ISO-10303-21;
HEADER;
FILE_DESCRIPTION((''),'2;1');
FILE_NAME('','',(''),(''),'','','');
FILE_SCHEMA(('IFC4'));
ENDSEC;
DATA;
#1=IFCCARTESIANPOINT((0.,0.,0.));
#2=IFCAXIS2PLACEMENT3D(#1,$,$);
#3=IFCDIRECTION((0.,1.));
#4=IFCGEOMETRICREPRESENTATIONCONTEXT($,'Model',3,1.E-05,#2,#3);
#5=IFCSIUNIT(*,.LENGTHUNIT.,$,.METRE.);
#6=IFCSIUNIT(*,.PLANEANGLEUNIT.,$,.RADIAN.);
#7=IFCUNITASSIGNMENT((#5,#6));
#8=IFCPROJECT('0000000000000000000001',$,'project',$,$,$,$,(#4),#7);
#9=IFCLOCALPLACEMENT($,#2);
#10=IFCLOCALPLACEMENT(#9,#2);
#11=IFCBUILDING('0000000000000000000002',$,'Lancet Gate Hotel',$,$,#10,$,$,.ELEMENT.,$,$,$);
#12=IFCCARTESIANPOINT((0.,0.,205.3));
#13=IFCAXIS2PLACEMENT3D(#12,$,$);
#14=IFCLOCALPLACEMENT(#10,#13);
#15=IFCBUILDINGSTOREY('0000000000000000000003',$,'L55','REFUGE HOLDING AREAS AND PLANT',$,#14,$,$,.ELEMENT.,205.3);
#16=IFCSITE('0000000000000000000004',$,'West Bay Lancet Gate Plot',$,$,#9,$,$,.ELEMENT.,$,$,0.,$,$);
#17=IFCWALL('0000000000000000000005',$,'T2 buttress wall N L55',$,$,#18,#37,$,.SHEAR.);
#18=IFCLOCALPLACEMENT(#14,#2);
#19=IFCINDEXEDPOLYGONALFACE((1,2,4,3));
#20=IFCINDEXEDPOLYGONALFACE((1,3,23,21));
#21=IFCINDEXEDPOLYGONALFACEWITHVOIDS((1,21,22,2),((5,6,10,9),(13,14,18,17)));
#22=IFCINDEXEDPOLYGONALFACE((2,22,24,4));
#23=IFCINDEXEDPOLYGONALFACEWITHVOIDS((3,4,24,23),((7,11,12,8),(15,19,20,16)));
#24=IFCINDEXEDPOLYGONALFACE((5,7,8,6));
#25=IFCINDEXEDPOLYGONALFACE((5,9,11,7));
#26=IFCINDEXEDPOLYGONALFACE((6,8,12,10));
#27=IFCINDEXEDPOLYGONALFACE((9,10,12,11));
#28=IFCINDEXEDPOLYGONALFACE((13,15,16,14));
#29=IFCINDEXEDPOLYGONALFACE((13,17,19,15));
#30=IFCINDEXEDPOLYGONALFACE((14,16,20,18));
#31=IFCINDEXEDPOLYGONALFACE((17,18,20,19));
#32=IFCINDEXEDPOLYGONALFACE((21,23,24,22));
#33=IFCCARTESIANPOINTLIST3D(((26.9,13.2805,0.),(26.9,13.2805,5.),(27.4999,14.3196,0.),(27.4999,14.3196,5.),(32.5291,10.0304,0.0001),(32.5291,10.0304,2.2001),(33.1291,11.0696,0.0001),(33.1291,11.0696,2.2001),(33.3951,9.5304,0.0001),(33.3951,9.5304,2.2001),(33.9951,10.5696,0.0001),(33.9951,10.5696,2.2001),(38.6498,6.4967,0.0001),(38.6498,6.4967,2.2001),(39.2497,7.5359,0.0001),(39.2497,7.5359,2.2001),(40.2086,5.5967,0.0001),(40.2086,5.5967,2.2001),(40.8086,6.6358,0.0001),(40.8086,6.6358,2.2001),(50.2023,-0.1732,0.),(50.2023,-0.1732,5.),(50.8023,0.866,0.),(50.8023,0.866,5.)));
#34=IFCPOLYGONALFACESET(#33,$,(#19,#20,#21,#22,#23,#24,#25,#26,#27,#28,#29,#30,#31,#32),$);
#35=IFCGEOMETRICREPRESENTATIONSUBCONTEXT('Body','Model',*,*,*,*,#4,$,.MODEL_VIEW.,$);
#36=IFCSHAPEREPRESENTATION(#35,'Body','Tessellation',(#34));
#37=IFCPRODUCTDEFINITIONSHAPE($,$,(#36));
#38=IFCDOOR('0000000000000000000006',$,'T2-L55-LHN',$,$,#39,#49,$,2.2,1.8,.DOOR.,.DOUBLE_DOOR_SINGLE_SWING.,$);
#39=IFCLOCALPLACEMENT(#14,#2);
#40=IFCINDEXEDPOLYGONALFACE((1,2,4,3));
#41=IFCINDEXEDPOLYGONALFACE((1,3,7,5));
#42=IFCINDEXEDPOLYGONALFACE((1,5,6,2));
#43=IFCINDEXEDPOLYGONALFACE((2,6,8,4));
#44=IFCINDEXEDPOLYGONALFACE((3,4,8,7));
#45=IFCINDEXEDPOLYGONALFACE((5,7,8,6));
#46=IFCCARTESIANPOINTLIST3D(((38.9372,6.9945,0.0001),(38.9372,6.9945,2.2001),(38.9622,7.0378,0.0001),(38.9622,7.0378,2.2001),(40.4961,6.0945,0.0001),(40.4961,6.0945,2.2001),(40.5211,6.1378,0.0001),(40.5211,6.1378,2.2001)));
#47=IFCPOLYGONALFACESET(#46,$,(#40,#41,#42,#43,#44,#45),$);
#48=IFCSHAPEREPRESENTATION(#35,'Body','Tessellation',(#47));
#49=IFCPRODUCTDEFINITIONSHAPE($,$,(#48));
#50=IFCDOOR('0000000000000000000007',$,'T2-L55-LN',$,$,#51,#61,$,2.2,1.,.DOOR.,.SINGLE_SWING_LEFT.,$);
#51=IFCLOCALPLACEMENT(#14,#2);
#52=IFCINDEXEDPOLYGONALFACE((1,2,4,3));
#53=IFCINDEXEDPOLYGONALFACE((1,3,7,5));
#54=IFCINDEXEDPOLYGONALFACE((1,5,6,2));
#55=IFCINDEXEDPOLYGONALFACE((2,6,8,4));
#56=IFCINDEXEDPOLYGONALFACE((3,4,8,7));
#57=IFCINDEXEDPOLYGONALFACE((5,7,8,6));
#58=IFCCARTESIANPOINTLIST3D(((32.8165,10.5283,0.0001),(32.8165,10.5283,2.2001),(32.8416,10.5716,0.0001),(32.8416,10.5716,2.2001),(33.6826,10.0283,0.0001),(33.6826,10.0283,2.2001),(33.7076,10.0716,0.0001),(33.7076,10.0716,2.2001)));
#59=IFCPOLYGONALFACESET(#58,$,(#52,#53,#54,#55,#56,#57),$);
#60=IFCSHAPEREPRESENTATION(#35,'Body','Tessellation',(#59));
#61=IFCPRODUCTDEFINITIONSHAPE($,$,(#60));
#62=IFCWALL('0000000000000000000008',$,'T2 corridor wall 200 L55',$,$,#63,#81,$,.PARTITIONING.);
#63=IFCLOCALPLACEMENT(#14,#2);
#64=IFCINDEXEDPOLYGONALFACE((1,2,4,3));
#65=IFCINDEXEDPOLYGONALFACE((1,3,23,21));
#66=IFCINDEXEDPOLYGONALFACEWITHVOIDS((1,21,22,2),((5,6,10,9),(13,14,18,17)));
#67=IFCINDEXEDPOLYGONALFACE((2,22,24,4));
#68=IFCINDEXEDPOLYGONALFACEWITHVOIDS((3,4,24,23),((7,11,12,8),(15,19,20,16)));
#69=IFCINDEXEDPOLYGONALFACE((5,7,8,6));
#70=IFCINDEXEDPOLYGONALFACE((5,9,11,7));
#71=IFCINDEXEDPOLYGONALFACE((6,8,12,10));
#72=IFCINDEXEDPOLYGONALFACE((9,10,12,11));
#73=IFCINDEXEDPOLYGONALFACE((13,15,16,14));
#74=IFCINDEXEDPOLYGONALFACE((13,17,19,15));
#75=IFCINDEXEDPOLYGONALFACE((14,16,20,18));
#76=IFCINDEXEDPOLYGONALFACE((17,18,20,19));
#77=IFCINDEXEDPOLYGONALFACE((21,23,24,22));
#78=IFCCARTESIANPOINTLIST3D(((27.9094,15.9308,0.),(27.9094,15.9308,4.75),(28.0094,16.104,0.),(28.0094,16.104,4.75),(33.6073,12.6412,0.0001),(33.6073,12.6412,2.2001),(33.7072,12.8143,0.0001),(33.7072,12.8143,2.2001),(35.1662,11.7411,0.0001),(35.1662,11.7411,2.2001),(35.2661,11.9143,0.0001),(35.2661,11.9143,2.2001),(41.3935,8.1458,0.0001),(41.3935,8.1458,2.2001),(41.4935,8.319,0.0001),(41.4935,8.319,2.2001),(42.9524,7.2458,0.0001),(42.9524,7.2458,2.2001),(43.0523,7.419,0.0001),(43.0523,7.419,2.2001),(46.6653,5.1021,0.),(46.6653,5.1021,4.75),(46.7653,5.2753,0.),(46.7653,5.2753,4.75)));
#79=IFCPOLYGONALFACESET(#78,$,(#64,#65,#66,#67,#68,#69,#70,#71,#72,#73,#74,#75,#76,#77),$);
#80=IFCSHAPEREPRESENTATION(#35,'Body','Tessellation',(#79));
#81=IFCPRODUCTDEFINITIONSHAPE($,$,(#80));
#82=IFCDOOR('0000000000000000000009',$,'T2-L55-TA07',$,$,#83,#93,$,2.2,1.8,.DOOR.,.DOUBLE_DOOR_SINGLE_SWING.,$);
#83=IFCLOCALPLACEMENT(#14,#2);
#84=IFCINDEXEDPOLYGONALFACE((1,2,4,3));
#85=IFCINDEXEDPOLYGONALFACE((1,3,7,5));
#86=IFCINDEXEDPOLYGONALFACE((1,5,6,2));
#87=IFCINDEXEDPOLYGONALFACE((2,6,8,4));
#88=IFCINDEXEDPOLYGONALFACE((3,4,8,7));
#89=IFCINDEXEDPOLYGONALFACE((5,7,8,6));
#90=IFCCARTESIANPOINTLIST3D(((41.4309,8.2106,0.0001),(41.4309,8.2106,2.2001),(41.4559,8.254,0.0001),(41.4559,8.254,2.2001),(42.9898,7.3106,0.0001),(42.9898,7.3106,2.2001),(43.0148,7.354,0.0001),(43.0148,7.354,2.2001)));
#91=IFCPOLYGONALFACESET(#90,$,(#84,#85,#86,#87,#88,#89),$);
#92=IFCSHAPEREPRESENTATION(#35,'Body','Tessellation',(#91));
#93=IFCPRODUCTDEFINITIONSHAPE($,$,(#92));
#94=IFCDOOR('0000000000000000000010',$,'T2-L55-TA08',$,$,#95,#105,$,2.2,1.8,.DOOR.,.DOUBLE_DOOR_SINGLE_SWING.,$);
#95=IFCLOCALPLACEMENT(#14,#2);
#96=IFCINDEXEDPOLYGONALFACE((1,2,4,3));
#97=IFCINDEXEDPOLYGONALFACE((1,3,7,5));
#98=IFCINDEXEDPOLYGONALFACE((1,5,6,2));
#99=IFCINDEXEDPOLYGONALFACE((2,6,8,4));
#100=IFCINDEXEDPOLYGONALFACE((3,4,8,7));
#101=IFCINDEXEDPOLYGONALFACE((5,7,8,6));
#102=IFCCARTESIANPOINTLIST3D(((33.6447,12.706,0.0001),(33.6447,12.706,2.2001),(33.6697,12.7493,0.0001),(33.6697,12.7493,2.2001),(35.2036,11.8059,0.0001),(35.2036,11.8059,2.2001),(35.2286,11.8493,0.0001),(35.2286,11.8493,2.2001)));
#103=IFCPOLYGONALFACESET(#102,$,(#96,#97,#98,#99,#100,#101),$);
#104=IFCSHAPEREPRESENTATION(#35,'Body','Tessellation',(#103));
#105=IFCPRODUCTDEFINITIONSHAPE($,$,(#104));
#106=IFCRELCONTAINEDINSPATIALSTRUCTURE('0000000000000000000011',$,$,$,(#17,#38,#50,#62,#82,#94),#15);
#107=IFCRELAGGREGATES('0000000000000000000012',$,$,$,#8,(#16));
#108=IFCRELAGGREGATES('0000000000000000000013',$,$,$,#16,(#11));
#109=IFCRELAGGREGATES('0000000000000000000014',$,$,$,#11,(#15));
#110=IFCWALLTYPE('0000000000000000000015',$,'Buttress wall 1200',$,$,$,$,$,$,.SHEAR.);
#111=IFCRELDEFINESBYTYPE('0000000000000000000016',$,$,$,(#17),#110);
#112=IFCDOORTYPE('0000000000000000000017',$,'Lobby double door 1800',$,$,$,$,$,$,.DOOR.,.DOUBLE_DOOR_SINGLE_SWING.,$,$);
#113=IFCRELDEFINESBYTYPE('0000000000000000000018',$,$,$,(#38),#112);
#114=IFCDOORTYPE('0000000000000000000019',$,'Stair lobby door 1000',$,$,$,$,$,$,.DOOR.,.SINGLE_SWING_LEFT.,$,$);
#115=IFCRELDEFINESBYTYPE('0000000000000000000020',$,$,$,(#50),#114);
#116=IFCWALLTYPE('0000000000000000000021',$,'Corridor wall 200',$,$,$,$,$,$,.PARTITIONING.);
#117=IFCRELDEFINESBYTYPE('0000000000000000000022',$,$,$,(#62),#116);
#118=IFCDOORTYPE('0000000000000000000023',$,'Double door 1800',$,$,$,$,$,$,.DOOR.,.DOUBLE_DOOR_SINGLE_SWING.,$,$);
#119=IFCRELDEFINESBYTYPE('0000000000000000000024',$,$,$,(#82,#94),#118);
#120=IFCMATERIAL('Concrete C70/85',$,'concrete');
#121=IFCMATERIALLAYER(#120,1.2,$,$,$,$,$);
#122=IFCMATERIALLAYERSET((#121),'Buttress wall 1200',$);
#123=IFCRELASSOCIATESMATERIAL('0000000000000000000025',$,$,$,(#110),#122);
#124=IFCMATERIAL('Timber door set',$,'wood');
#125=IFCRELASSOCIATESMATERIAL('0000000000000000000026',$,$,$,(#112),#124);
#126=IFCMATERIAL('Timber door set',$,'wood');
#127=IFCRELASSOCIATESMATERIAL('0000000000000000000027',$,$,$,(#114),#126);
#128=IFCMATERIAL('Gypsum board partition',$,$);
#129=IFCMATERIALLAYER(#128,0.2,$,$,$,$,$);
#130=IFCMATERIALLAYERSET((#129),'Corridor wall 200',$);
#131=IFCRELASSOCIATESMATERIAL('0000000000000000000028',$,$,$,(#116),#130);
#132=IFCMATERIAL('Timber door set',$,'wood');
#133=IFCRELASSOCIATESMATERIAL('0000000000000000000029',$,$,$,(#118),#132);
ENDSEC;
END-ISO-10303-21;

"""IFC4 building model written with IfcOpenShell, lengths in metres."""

from ifc_helpers import new_model, si_unit, direction, frame, frame_2d, origin, place, context, subcontext, project, spatial, rectangle, extrude, material, layer, layer_set, type_object, element, fill, save


model = new_model("IFC4")

# Units and contexts
model_context = context("Model", 3, precision=1e-05, world=origin(), true_north=direction((0.0, 1.0)))
body_context = subcontext(model_context, "Body", "Model", "MODEL_VIEW")
ifc_project = project(units=[si_unit("LENGTHUNIT", "METRE"), si_unit("PLANEANGLEUNIT", "RADIAN")], contexts=[model_context])

# Site, building, storey
site_placement = place(None, origin())
site = spatial("IfcSite", under=ifc_project, at=site_placement, Name="West Bay Lancet Gate Plot", CompositionType="ELEMENT", RefElevation=0.0)
building_placement = place(site_placement, origin())
building = spatial("IfcBuilding", under=site, at=building_placement, Name="Lancet Gate Hotel", CompositionType="ELEMENT")
storey_placement = place(building_placement, frame((0.0, 0.0, 205.3)))
storey = spatial("IfcBuildingStorey", under=building, at=storey_placement, Name="L55", Description="REFUGE HOLDING AREAS AND PLANT", CompositionType="ELEMENT", Elevation=205.3)

# Walls, openings, doors
ifc_material_1 = material(Name="Concrete C70/85", Category="concrete")
ifc_layer_1 = layer(ifc_material_1, 1.2)
ifc_layer_set_1 = layer_set([ifc_layer_1], Name="Buttress wall 1200")
wall_type_1 = type_object("IfcWallType", Name="Buttress wall 1200", PredefinedType="SHEAR", material=ifc_layer_set_1)
wall_1_placement = place(storey_placement, frame((27.2, 13.8, 0.0), z_axis=(0.0, 0.0, 1.0), x_axis=(0.866025, -0.500002, 0.0)))
wall_1 = element("IfcWall", 1, at=wall_1_placement, inside=storey, type_object=wall_type_1, Name="T2 buttress wall N L55", PredefinedType="SHEAR", context=body_context, shape_type="SweptSolid", body=[
    extrude(rectangle(XDim=26.9072, YDim=1.2, at=frame_2d((13.4536, 0.0))), origin(), (0.0, 0.0, 1.0), 5.0),
])
opening_1_placement = place(wall_1_placement, frame((6.5, 0.0, 0.0)))
opening_1 = element("IfcOpeningElement", 2, at=opening_1_placement, cuts=wall_1, PredefinedType="OPENING", context=body_context, shape_type="SweptSolid", body=[
    extrude(rectangle(XDim=1.0, YDim=2.2, at=frame_2d((0.5, 1.1001))), frame((0.0, 0.6099, 0.0), z_axis=(0.0, -1.0, 0.0), x_axis=(1.0, 0.0, 0.0)), (0.0, 0.0, 1.0), 1.22),
])
opening_2_placement = place(wall_1_placement, frame((13.5676, 0.0, 0.0)))
opening_2 = element("IfcOpeningElement", 3, at=opening_2_placement, cuts=wall_1, PredefinedType="OPENING", context=body_context, shape_type="SweptSolid", body=[
    extrude(rectangle(XDim=1.8, YDim=2.2, at=frame_2d((0.8999, 1.1001))), frame((0.0, 0.6099, 0.0), z_axis=(0.0, -1.0, 0.0), x_axis=(1.0, 0.0, 0.0)), (0.0, 0.0, 1.0), 1.22),
])
ifc_material_2 = material(Name="Timber door set", Category="wood")
door_type_1 = type_object("IfcDoorType", Name="Lobby double door 1800", OperationType="DOUBLE_DOOR_SINGLE_SWING", PredefinedType="DOOR", material=ifc_material_2)
door_1_placement = place(opening_2_placement, origin())
door_1 = element("IfcDoor", 4, at=door_1_placement, inside=storey, type_object=door_type_1, Name="T2-L55-LHN", OperationType="DOUBLE_DOOR_SINGLE_SWING", OverallHeight=2.2, OverallWidth=1.8, PredefinedType="DOOR", context=body_context, shape_type="SweptSolid", body=[
    extrude(rectangle(XDim=1.8, YDim=2.2, at=frame_2d((0.8999, 1.1001))), frame((0.0, 0.0249, 0.0), z_axis=(0.0, -1.0, 0.0), x_axis=(1.0, 0.0, 0.0)), (0.0, 0.0, 1.0), 0.05),
])
fill(opening_2, door_1)
ifc_material_3 = material(Name="Timber door set", Category="wood")
door_type_2 = type_object("IfcDoorType", Name="Stair lobby door 1000", OperationType="SINGLE_SWING_LEFT", PredefinedType="DOOR", material=ifc_material_3)
door_2_placement = place(opening_1_placement, origin())
door_2 = element("IfcDoor", 5, at=door_2_placement, inside=storey, type_object=door_type_2, Name="T2-L55-LN", OperationType="SINGLE_SWING_LEFT", OverallHeight=2.2, OverallWidth=1.0, PredefinedType="DOOR", context=body_context, shape_type="SweptSolid", body=[
    extrude(rectangle(XDim=1.0, YDim=2.2, at=frame_2d((0.5, 1.1001))), frame((0.0, 0.0249, 0.0), z_axis=(0.0, -1.0, 0.0), x_axis=(1.0, 0.0, 0.0)), (0.0, 0.0, 1.0), 0.05),
])
fill(opening_1, door_2)
ifc_material_4 = material(Name="Gypsum board partition")
ifc_layer_2 = layer(ifc_material_4, 0.2)
ifc_layer_set_2 = layer_set([ifc_layer_2], Name="Corridor wall 200")
wall_type_2 = type_object("IfcWallType", Name="Corridor wall 200", PredefinedType="PARTITIONING", material=ifc_layer_set_2)
wall_2_placement = place(storey_placement, frame((27.9595, 16.0173, 0.0), z_axis=(0.0, 0.0, 1.0), x_axis=(0.866027, -0.499997, 0.0)))
wall_2 = element("IfcWall", 6, at=wall_2_placement, inside=storey, type_object=wall_type_2, Name="T2 corridor wall 200 L55", PredefinedType="PARTITIONING", context=body_context, shape_type="SweptSolid", body=[
    extrude(rectangle(XDim=21.6575, YDim=0.2, at=frame_2d((10.8286, 0.0))), origin(), (0.0, 0.0, 1.0), 4.75),
])
opening_3_placement = place(wall_2_placement, frame((15.5701, 0.0, 0.0)))
opening_3 = element("IfcOpeningElement", 7, at=opening_3_placement, cuts=wall_2, PredefinedType="OPENING", context=body_context, shape_type="SweptSolid", body=[
    extrude(rectangle(XDim=1.8, YDim=2.2, at=frame_2d((0.8999, 1.1001))), frame((0.0, 0.1099, 0.0), z_axis=(0.0, -1.0, 0.0), x_axis=(1.0, 0.0, 0.0)), (0.0, 0.0, 1.0), 0.22),
])
opening_4_placement = place(wall_2_placement, frame((6.5793, 0.0, 0.0)))
opening_4 = element("IfcOpeningElement", 8, at=opening_4_placement, cuts=wall_2, PredefinedType="OPENING", context=body_context, shape_type="SweptSolid", body=[
    extrude(rectangle(XDim=1.8, YDim=2.2, at=frame_2d((0.8999, 1.1001))), frame((0.0, 0.1099, 0.0), z_axis=(0.0, -1.0, 0.0), x_axis=(1.0, 0.0, 0.0)), (0.0, 0.0, 1.0), 0.22),
])
ifc_material_5 = material(Name="Timber door set", Category="wood")
door_type_3 = type_object("IfcDoorType", Name="Double door 1800", OperationType="DOUBLE_DOOR_SINGLE_SWING", PredefinedType="DOOR", material=ifc_material_5)
door_3_placement = place(opening_3_placement, origin())
door_3 = element("IfcDoor", 9, at=door_3_placement, inside=storey, type_object=door_type_3, Name="T2-L55-TA07", OperationType="DOUBLE_DOOR_SINGLE_SWING", OverallHeight=2.2, OverallWidth=1.8, PredefinedType="DOOR", context=body_context, shape_type="SweptSolid", body=[
    extrude(rectangle(XDim=1.8, YDim=2.2, at=frame_2d((0.8999, 1.1001))), frame((0.0, 0.0249, 0.0), z_axis=(0.0, -1.0, 0.0), x_axis=(1.0, 0.0, 0.0)), (0.0, 0.0, 1.0), 0.05),
])
fill(opening_3, door_3)
door_4_placement = place(opening_4_placement, origin())
door_4 = element("IfcDoor", 10, at=door_4_placement, inside=storey, type_object=door_type_3, Name="T2-L55-TA08", OperationType="DOUBLE_DOOR_SINGLE_SWING", OverallHeight=2.2, OverallWidth=1.8, PredefinedType="DOOR", context=body_context, shape_type="SweptSolid", body=[
    extrude(rectangle(XDim=1.8, YDim=2.2, at=frame_2d((0.8999, 1.1001))), frame((0.0, 0.0249, 0.0), z_axis=(0.0, -1.0, 0.0), x_axis=(1.0, 0.0, 0.0)), (0.0, 0.0, 1.0), 0.05),
])
fill(opening_4, door_4)

save(model, "model.ifc")
